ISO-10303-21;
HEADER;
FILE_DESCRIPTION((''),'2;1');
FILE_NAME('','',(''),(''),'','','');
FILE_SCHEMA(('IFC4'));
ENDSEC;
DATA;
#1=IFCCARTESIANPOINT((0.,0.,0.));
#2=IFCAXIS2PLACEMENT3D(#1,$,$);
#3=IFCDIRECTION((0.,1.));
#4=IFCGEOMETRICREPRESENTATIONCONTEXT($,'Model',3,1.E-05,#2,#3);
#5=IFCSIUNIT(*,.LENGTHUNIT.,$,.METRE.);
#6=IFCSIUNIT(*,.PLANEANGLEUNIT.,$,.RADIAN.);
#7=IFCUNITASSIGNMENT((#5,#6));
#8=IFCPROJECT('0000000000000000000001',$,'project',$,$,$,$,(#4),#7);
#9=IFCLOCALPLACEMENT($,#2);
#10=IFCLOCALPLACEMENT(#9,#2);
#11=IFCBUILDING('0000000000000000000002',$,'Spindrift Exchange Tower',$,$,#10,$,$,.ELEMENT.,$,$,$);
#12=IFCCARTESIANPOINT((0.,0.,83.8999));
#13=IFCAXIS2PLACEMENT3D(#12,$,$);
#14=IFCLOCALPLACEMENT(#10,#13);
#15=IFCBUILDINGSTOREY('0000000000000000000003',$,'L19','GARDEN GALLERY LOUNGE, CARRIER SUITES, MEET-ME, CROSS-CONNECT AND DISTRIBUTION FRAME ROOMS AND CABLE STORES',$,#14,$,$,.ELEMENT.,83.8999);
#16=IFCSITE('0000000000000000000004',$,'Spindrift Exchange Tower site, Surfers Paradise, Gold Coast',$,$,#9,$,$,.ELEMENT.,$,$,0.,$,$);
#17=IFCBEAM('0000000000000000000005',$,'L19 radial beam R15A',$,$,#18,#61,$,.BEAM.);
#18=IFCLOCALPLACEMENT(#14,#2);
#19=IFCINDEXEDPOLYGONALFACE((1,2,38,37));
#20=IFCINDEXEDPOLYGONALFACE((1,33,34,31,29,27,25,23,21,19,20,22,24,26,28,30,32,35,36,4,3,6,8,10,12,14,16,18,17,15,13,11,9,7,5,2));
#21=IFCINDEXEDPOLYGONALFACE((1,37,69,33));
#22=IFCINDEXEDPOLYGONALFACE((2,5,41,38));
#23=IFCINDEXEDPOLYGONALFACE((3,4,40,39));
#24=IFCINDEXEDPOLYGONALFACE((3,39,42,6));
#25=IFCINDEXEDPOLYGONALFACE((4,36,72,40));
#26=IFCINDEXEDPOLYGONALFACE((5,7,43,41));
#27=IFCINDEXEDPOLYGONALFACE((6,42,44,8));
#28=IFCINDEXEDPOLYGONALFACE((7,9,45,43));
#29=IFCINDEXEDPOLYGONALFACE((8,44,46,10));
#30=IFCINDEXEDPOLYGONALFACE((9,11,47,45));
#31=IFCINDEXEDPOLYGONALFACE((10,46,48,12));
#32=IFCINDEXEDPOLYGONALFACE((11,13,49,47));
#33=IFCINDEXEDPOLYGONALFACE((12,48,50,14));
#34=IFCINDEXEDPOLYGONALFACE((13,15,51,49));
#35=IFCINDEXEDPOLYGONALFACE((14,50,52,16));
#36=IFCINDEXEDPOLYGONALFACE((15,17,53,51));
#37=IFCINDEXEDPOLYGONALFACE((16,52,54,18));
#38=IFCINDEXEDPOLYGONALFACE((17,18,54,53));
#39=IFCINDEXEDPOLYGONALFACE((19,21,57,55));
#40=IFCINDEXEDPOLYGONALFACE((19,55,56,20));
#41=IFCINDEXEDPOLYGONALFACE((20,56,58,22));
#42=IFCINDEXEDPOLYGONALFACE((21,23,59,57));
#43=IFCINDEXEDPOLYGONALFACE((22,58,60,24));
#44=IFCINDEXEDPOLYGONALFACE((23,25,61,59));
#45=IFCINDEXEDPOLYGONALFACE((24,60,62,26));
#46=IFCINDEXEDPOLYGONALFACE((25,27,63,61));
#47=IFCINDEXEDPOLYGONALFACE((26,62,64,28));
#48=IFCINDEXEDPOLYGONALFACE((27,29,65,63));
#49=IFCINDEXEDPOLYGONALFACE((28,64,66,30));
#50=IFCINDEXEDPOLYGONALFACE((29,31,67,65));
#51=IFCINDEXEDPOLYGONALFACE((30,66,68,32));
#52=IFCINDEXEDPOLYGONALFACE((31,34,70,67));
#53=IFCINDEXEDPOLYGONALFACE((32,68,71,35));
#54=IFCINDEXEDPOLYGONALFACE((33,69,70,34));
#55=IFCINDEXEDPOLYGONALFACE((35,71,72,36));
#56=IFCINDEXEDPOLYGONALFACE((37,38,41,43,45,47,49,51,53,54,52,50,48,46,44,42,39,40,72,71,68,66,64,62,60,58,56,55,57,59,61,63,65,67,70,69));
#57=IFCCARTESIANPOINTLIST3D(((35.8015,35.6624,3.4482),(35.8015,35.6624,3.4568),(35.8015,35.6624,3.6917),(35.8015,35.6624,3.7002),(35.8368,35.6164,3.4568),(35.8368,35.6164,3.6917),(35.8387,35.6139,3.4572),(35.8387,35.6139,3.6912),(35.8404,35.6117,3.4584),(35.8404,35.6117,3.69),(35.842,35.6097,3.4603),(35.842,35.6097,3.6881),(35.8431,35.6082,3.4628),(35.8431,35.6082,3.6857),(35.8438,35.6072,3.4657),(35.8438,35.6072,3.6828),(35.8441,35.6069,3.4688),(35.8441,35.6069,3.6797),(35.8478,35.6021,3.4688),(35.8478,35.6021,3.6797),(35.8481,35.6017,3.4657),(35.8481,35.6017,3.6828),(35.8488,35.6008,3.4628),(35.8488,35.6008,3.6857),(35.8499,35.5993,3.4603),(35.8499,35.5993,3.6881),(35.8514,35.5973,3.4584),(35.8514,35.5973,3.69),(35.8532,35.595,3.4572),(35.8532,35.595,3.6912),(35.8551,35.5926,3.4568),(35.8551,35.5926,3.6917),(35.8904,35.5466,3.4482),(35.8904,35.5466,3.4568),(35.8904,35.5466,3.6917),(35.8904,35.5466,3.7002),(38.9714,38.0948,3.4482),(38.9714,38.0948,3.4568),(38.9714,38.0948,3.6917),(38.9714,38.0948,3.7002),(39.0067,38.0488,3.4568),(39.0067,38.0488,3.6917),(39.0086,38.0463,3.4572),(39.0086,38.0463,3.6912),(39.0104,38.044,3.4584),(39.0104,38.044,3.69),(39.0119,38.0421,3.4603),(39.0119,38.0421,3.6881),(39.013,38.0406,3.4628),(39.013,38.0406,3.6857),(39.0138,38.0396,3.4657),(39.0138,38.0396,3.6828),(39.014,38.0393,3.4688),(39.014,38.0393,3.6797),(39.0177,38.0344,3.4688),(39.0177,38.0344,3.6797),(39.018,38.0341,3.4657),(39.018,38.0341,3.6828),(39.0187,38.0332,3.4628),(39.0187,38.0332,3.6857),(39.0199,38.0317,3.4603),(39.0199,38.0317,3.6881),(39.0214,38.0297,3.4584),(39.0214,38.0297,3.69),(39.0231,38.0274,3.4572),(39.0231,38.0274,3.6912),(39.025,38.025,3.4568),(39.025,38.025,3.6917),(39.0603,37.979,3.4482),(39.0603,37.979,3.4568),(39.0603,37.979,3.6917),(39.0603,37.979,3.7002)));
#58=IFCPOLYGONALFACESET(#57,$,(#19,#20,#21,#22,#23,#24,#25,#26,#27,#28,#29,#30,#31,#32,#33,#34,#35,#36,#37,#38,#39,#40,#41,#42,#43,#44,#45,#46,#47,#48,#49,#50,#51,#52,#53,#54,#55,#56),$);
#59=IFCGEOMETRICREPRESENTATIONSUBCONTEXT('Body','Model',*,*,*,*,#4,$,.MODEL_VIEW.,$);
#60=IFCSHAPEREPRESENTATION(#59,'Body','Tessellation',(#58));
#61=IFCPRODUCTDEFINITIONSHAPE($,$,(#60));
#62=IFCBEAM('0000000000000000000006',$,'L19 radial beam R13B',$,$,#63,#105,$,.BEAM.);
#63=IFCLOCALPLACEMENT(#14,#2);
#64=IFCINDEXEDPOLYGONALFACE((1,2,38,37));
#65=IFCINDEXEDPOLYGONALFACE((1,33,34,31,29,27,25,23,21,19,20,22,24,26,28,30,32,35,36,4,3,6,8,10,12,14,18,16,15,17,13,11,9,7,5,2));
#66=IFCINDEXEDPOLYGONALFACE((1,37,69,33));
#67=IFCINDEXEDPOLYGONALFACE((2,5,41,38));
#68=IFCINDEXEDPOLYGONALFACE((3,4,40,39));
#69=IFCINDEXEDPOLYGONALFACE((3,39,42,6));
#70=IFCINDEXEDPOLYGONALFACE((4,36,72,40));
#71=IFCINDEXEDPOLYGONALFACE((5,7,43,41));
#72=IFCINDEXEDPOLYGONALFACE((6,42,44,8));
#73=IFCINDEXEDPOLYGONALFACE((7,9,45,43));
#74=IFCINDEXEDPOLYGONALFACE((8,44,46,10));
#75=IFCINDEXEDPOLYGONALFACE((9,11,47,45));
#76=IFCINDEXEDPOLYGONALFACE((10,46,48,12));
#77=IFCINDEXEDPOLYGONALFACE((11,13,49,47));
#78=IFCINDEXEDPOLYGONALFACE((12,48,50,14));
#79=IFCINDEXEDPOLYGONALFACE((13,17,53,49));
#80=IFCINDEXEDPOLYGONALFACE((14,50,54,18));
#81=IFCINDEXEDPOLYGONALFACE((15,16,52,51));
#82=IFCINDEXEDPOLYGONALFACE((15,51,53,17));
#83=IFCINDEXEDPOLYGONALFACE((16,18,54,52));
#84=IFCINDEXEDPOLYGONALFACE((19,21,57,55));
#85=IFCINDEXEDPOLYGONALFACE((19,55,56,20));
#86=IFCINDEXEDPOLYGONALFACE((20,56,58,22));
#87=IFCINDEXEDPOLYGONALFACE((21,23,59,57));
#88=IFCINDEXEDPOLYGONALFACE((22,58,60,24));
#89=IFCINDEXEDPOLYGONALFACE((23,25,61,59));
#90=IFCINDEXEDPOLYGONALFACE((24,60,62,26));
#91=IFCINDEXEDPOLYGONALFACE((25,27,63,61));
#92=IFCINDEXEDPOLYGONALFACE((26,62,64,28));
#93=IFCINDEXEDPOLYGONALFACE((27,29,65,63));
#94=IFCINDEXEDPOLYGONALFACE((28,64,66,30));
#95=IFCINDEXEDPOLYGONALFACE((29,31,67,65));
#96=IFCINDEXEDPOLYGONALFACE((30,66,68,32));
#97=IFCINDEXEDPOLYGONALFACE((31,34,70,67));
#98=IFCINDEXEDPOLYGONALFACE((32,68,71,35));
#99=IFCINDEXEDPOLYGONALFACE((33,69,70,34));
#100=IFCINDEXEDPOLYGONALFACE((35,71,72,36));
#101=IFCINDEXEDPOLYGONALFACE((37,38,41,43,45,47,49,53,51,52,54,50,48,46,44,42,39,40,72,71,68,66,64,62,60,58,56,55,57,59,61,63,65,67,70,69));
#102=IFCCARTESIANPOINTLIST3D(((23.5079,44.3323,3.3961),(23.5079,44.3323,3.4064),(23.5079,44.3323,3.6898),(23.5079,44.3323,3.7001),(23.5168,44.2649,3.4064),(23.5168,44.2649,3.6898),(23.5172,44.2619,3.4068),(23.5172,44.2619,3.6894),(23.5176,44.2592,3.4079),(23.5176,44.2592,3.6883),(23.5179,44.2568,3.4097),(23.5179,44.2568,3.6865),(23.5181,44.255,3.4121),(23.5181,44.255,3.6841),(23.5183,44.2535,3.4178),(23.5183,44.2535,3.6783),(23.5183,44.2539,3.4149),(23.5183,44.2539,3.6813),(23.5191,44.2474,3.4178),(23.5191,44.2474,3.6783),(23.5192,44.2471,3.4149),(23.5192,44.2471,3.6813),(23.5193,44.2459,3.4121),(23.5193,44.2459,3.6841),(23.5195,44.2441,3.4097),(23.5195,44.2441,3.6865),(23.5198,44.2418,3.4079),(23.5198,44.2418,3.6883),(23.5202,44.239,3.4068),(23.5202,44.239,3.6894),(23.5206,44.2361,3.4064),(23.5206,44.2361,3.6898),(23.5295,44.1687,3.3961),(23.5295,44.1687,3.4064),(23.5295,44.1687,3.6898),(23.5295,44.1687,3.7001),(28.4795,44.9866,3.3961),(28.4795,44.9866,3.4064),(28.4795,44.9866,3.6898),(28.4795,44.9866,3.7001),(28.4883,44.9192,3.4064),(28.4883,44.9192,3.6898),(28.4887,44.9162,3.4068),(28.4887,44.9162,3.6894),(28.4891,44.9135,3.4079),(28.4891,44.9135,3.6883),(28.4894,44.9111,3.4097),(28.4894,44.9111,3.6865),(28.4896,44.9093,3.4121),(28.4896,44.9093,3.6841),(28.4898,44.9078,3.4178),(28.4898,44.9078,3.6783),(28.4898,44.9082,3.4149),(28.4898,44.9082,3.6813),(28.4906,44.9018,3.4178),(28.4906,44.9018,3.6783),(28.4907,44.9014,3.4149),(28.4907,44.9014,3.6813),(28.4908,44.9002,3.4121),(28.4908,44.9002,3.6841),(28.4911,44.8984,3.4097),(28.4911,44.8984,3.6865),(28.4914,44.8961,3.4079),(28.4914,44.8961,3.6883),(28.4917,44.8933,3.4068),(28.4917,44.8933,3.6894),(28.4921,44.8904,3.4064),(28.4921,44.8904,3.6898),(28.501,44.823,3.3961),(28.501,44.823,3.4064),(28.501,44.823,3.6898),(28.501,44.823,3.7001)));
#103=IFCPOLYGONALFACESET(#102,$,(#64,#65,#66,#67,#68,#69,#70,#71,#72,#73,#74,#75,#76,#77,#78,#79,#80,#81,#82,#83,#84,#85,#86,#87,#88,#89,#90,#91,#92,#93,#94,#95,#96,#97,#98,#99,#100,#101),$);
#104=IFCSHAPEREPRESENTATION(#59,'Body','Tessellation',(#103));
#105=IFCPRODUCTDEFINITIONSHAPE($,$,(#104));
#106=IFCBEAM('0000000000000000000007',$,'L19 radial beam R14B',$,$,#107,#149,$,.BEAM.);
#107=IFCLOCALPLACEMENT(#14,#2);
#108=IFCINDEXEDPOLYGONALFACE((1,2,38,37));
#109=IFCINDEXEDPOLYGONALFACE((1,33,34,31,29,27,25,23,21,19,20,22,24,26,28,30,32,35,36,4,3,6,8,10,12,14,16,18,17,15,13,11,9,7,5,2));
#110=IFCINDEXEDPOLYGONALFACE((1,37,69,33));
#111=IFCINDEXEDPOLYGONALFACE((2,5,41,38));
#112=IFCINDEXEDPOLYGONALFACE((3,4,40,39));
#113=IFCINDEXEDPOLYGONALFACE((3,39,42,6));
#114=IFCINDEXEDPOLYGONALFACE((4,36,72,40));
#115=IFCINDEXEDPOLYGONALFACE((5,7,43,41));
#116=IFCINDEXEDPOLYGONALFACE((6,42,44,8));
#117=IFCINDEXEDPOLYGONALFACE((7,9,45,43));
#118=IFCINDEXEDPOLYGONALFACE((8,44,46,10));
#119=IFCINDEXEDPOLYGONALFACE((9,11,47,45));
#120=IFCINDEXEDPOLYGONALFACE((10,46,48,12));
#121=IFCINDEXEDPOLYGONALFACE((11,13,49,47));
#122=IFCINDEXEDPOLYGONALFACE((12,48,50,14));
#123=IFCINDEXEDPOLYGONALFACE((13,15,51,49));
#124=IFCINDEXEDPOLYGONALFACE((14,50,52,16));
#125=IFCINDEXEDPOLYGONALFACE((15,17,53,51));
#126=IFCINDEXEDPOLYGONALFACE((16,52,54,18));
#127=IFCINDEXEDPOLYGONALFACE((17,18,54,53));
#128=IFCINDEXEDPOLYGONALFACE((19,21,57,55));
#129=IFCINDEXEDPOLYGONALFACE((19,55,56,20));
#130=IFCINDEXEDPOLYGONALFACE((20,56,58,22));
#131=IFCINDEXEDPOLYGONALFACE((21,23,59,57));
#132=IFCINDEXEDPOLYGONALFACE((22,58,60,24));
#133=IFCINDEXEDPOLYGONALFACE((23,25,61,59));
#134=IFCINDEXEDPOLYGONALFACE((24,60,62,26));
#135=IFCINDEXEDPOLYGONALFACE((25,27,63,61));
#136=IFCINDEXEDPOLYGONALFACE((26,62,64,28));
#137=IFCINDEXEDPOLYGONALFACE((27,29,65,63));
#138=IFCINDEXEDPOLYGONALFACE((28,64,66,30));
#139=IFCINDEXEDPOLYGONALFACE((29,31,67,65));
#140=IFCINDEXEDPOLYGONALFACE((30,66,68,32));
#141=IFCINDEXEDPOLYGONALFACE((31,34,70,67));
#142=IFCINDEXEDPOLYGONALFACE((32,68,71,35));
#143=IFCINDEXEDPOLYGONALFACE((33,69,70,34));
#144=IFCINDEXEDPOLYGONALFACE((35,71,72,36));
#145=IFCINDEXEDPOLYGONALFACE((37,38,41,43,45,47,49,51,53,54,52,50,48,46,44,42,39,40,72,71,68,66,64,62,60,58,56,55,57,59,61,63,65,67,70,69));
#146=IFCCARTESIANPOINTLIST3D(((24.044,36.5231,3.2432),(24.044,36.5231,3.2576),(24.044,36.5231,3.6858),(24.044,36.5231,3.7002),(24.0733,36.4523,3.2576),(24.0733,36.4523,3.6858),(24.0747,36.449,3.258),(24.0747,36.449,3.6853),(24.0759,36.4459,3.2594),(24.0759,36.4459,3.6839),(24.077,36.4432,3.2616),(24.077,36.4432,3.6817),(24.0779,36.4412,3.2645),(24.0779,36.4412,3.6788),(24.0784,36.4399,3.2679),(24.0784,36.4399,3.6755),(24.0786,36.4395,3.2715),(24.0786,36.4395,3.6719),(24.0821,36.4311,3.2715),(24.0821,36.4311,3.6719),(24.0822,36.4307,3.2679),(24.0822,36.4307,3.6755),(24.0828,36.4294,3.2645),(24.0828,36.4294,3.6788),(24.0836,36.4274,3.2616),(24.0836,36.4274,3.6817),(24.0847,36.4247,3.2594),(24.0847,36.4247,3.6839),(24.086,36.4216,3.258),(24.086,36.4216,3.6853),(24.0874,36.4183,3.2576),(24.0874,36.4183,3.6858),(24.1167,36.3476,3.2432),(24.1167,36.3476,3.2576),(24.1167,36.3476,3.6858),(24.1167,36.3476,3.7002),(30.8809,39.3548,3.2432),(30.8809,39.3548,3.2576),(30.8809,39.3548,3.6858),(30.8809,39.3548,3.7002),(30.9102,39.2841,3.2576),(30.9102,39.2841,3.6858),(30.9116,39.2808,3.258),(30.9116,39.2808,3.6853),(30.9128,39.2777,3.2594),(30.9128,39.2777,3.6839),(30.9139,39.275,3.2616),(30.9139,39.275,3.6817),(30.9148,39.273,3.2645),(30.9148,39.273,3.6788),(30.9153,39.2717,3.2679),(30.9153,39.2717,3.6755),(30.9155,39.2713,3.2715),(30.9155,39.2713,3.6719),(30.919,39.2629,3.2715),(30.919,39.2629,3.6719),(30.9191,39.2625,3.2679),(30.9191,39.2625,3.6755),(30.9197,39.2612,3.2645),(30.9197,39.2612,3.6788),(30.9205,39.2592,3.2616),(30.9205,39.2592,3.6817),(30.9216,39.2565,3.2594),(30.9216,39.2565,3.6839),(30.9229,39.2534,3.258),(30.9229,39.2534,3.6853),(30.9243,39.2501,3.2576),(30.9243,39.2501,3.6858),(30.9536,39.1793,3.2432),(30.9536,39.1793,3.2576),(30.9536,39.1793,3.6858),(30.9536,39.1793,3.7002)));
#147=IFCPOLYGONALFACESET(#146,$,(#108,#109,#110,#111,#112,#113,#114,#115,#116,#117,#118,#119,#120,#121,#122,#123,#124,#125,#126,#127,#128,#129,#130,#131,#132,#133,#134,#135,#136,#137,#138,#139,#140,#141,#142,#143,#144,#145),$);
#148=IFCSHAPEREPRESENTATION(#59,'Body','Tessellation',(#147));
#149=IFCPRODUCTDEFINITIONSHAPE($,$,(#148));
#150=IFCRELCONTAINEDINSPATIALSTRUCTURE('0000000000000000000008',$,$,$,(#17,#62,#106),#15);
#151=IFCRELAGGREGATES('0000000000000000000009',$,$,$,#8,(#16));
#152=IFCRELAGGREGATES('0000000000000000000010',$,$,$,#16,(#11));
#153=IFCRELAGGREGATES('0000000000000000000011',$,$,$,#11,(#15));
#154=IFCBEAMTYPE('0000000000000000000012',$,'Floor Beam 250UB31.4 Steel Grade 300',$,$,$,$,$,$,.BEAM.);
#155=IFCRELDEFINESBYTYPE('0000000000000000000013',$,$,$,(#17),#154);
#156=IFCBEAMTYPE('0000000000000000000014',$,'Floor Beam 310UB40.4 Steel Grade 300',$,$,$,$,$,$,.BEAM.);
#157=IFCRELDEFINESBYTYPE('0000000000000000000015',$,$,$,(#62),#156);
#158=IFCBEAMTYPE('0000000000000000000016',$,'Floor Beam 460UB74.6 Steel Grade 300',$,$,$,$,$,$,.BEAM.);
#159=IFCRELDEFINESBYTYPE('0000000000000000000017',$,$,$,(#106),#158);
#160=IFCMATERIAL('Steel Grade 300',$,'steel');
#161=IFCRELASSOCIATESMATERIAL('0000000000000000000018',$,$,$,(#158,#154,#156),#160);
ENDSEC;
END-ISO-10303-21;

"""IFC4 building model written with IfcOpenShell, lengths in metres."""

from ifc_helpers import new_model, si_unit, direction, frame, origin, origin_2d, place, context, subcontext, project, spatial, i_section, extrude, source, transform, mapped, material, material_profile, profile_set, type_object, element, save


model = new_model("IFC4")

# Units and contexts
model_context = context("Model", 3, precision=1e-05, world=origin(), true_north=direction((0.0, 1.0)))
body_context = subcontext(model_context, "Body", "Model", "MODEL_VIEW")
ifc_project = project(units=[si_unit("LENGTHUNIT", "METRE"), si_unit("PLANEANGLEUNIT", "RADIAN")], contexts=[model_context])

# Site, building, storey
site_placement = place(None, origin())
site = spatial("IfcSite", under=ifc_project, at=site_placement, Name="Spindrift Exchange Tower site, Surfers Paradise, Gold Coast", CompositionType="ELEMENT", RefElevation=0.0)
building_placement = place(site_placement, origin())
building = spatial("IfcBuilding", under=site, at=building_placement, Name="Spindrift Exchange Tower", CompositionType="ELEMENT")
storey_placement = place(building_placement, frame((0.0, 0.0, 83.8999)))
storey = spatial("IfcBuildingStorey", under=building, at=storey_placement, Name="L19", Description="GARDEN GALLERY LOUNGE, CARRIER SUITES, MEET-ME, CROSS-CONNECT AND DISTRIBUTION FRAME ROOMS AND CABLE STORES", CompositionType="ELEMENT", Elevation=83.8999)

# Beams
ifc_material_1 = material(Name="Steel Grade 300", Category="steel")
ifc_material_profile_1 = material_profile(ifc_material_1, i_section(OverallWidth=0.1899, OverallDepth=0.457, WebThickness=0.009, FlangeThickness=0.0144, FilletRadius=0.0139, at=origin_2d()), Name="460UB74.6")
ifc_profile_set_1 = profile_set([ifc_material_profile_1], Name="Steel Grade 300")
beam_type_1 = type_object("IfcBeamType", Name="Floor Beam 460UB74.6 Steel Grade 300", PredefinedType="BEAM", material=ifc_profile_set_1)
ifc_material_profile_2 = material_profile(ifc_material_1, i_section(OverallWidth=0.146, OverallDepth=0.252, WebThickness=0.0061, FlangeThickness=0.0085, FilletRadius=0.012, at=origin_2d()), Name="250UB31.4")
ifc_profile_set_2 = profile_set([ifc_material_profile_2], Name="Steel Grade 300")
beam_type_2 = type_object("IfcBeamType", Name="Floor Beam 250UB31.4 Steel Grade 300", PredefinedType="BEAM", material=ifc_profile_set_2)
shared_shape_1 = source(origin(), body_context, "Body", "SweptSolid", [
    extrude(i_section(OverallWidth=0.146, OverallDepth=0.252, WebThickness=0.0061, FlangeThickness=0.0085, FilletRadius=0.012, at=origin_2d()), origin(), (0.0, 0.0, 1.0), 3.9956),
])
beam_1_placement = place(storey_placement, frame((39.0159, 38.0369, 3.5742), z_axis=(-0.793353, -0.608762, 0.0), x_axis=(0.608762, -0.793353, 0.0)))
element("IfcBeam", 1, at=beam_1_placement, inside=storey, type_object=beam_type_2, Name="L19 radial beam R15A", PredefinedType="BEAM", context=body_context, shape_type="MappedRepresentation", body=[
    mapped(shared_shape_1, transform((0.0, 0.0, 0.0), scale=1.0)),
])
ifc_material_profile_3 = material_profile(ifc_material_1, i_section(OverallWidth=0.165, OverallDepth=0.304, WebThickness=0.0061, FlangeThickness=0.0103, FilletRadius=0.0115, at=origin_2d()), Name="310UB40.4")
ifc_profile_set_3 = profile_set([ifc_material_profile_3], Name="Steel Grade 300")
beam_type_3 = type_object("IfcBeamType", Name="Floor Beam 310UB40.4 Steel Grade 300", PredefinedType="BEAM", material=ifc_profile_set_3)
shared_shape_2 = source(origin(), body_context, "Body", "SweptSolid", [
    extrude(i_section(OverallWidth=0.165, OverallDepth=0.304, WebThickness=0.0061, FlangeThickness=0.0103, FilletRadius=0.0115, at=origin_2d()), origin(), (0.0, 0.0, 1.0), 5.0144),
])
beam_2_placement = place(storey_placement, frame((28.4902, 44.9048, 3.5481), z_axis=(-0.99145, -0.130486, 0.0), x_axis=(0.130486, -0.99145, 0.0)))
element("IfcBeam", 2, at=beam_2_placement, inside=storey, type_object=beam_type_3, Name="L19 radial beam R13B", PredefinedType="BEAM", context=body_context, shape_type="MappedRepresentation", body=[
    mapped(shared_shape_2, transform((0.0, 0.0, 0.0), scale=1.0)),
])
shared_shape_3 = source(origin(), body_context, "Body", "SweptSolid", [
    extrude(i_section(OverallWidth=0.1899, OverallDepth=0.457, WebThickness=0.009, FlangeThickness=0.0144, FilletRadius=0.0139, at=origin_2d()), origin(), (0.0, 0.0, 1.0), 7.4001),
])
beam_3_placement = place(storey_placement, frame((30.9172, 39.2671, 3.4717), z_axis=(-0.923887, -0.382666, 0.0), x_axis=(0.382666, -0.923887, 0.0)))
element("IfcBeam", 3, at=beam_3_placement, inside=storey, type_object=beam_type_1, Name="L19 radial beam R14B", PredefinedType="BEAM", context=body_context, shape_type="MappedRepresentation", body=[
    mapped(shared_shape_3, transform((0.0, 0.0, 0.0), scale=1.0)),
])

save(model, "model.ifc")
